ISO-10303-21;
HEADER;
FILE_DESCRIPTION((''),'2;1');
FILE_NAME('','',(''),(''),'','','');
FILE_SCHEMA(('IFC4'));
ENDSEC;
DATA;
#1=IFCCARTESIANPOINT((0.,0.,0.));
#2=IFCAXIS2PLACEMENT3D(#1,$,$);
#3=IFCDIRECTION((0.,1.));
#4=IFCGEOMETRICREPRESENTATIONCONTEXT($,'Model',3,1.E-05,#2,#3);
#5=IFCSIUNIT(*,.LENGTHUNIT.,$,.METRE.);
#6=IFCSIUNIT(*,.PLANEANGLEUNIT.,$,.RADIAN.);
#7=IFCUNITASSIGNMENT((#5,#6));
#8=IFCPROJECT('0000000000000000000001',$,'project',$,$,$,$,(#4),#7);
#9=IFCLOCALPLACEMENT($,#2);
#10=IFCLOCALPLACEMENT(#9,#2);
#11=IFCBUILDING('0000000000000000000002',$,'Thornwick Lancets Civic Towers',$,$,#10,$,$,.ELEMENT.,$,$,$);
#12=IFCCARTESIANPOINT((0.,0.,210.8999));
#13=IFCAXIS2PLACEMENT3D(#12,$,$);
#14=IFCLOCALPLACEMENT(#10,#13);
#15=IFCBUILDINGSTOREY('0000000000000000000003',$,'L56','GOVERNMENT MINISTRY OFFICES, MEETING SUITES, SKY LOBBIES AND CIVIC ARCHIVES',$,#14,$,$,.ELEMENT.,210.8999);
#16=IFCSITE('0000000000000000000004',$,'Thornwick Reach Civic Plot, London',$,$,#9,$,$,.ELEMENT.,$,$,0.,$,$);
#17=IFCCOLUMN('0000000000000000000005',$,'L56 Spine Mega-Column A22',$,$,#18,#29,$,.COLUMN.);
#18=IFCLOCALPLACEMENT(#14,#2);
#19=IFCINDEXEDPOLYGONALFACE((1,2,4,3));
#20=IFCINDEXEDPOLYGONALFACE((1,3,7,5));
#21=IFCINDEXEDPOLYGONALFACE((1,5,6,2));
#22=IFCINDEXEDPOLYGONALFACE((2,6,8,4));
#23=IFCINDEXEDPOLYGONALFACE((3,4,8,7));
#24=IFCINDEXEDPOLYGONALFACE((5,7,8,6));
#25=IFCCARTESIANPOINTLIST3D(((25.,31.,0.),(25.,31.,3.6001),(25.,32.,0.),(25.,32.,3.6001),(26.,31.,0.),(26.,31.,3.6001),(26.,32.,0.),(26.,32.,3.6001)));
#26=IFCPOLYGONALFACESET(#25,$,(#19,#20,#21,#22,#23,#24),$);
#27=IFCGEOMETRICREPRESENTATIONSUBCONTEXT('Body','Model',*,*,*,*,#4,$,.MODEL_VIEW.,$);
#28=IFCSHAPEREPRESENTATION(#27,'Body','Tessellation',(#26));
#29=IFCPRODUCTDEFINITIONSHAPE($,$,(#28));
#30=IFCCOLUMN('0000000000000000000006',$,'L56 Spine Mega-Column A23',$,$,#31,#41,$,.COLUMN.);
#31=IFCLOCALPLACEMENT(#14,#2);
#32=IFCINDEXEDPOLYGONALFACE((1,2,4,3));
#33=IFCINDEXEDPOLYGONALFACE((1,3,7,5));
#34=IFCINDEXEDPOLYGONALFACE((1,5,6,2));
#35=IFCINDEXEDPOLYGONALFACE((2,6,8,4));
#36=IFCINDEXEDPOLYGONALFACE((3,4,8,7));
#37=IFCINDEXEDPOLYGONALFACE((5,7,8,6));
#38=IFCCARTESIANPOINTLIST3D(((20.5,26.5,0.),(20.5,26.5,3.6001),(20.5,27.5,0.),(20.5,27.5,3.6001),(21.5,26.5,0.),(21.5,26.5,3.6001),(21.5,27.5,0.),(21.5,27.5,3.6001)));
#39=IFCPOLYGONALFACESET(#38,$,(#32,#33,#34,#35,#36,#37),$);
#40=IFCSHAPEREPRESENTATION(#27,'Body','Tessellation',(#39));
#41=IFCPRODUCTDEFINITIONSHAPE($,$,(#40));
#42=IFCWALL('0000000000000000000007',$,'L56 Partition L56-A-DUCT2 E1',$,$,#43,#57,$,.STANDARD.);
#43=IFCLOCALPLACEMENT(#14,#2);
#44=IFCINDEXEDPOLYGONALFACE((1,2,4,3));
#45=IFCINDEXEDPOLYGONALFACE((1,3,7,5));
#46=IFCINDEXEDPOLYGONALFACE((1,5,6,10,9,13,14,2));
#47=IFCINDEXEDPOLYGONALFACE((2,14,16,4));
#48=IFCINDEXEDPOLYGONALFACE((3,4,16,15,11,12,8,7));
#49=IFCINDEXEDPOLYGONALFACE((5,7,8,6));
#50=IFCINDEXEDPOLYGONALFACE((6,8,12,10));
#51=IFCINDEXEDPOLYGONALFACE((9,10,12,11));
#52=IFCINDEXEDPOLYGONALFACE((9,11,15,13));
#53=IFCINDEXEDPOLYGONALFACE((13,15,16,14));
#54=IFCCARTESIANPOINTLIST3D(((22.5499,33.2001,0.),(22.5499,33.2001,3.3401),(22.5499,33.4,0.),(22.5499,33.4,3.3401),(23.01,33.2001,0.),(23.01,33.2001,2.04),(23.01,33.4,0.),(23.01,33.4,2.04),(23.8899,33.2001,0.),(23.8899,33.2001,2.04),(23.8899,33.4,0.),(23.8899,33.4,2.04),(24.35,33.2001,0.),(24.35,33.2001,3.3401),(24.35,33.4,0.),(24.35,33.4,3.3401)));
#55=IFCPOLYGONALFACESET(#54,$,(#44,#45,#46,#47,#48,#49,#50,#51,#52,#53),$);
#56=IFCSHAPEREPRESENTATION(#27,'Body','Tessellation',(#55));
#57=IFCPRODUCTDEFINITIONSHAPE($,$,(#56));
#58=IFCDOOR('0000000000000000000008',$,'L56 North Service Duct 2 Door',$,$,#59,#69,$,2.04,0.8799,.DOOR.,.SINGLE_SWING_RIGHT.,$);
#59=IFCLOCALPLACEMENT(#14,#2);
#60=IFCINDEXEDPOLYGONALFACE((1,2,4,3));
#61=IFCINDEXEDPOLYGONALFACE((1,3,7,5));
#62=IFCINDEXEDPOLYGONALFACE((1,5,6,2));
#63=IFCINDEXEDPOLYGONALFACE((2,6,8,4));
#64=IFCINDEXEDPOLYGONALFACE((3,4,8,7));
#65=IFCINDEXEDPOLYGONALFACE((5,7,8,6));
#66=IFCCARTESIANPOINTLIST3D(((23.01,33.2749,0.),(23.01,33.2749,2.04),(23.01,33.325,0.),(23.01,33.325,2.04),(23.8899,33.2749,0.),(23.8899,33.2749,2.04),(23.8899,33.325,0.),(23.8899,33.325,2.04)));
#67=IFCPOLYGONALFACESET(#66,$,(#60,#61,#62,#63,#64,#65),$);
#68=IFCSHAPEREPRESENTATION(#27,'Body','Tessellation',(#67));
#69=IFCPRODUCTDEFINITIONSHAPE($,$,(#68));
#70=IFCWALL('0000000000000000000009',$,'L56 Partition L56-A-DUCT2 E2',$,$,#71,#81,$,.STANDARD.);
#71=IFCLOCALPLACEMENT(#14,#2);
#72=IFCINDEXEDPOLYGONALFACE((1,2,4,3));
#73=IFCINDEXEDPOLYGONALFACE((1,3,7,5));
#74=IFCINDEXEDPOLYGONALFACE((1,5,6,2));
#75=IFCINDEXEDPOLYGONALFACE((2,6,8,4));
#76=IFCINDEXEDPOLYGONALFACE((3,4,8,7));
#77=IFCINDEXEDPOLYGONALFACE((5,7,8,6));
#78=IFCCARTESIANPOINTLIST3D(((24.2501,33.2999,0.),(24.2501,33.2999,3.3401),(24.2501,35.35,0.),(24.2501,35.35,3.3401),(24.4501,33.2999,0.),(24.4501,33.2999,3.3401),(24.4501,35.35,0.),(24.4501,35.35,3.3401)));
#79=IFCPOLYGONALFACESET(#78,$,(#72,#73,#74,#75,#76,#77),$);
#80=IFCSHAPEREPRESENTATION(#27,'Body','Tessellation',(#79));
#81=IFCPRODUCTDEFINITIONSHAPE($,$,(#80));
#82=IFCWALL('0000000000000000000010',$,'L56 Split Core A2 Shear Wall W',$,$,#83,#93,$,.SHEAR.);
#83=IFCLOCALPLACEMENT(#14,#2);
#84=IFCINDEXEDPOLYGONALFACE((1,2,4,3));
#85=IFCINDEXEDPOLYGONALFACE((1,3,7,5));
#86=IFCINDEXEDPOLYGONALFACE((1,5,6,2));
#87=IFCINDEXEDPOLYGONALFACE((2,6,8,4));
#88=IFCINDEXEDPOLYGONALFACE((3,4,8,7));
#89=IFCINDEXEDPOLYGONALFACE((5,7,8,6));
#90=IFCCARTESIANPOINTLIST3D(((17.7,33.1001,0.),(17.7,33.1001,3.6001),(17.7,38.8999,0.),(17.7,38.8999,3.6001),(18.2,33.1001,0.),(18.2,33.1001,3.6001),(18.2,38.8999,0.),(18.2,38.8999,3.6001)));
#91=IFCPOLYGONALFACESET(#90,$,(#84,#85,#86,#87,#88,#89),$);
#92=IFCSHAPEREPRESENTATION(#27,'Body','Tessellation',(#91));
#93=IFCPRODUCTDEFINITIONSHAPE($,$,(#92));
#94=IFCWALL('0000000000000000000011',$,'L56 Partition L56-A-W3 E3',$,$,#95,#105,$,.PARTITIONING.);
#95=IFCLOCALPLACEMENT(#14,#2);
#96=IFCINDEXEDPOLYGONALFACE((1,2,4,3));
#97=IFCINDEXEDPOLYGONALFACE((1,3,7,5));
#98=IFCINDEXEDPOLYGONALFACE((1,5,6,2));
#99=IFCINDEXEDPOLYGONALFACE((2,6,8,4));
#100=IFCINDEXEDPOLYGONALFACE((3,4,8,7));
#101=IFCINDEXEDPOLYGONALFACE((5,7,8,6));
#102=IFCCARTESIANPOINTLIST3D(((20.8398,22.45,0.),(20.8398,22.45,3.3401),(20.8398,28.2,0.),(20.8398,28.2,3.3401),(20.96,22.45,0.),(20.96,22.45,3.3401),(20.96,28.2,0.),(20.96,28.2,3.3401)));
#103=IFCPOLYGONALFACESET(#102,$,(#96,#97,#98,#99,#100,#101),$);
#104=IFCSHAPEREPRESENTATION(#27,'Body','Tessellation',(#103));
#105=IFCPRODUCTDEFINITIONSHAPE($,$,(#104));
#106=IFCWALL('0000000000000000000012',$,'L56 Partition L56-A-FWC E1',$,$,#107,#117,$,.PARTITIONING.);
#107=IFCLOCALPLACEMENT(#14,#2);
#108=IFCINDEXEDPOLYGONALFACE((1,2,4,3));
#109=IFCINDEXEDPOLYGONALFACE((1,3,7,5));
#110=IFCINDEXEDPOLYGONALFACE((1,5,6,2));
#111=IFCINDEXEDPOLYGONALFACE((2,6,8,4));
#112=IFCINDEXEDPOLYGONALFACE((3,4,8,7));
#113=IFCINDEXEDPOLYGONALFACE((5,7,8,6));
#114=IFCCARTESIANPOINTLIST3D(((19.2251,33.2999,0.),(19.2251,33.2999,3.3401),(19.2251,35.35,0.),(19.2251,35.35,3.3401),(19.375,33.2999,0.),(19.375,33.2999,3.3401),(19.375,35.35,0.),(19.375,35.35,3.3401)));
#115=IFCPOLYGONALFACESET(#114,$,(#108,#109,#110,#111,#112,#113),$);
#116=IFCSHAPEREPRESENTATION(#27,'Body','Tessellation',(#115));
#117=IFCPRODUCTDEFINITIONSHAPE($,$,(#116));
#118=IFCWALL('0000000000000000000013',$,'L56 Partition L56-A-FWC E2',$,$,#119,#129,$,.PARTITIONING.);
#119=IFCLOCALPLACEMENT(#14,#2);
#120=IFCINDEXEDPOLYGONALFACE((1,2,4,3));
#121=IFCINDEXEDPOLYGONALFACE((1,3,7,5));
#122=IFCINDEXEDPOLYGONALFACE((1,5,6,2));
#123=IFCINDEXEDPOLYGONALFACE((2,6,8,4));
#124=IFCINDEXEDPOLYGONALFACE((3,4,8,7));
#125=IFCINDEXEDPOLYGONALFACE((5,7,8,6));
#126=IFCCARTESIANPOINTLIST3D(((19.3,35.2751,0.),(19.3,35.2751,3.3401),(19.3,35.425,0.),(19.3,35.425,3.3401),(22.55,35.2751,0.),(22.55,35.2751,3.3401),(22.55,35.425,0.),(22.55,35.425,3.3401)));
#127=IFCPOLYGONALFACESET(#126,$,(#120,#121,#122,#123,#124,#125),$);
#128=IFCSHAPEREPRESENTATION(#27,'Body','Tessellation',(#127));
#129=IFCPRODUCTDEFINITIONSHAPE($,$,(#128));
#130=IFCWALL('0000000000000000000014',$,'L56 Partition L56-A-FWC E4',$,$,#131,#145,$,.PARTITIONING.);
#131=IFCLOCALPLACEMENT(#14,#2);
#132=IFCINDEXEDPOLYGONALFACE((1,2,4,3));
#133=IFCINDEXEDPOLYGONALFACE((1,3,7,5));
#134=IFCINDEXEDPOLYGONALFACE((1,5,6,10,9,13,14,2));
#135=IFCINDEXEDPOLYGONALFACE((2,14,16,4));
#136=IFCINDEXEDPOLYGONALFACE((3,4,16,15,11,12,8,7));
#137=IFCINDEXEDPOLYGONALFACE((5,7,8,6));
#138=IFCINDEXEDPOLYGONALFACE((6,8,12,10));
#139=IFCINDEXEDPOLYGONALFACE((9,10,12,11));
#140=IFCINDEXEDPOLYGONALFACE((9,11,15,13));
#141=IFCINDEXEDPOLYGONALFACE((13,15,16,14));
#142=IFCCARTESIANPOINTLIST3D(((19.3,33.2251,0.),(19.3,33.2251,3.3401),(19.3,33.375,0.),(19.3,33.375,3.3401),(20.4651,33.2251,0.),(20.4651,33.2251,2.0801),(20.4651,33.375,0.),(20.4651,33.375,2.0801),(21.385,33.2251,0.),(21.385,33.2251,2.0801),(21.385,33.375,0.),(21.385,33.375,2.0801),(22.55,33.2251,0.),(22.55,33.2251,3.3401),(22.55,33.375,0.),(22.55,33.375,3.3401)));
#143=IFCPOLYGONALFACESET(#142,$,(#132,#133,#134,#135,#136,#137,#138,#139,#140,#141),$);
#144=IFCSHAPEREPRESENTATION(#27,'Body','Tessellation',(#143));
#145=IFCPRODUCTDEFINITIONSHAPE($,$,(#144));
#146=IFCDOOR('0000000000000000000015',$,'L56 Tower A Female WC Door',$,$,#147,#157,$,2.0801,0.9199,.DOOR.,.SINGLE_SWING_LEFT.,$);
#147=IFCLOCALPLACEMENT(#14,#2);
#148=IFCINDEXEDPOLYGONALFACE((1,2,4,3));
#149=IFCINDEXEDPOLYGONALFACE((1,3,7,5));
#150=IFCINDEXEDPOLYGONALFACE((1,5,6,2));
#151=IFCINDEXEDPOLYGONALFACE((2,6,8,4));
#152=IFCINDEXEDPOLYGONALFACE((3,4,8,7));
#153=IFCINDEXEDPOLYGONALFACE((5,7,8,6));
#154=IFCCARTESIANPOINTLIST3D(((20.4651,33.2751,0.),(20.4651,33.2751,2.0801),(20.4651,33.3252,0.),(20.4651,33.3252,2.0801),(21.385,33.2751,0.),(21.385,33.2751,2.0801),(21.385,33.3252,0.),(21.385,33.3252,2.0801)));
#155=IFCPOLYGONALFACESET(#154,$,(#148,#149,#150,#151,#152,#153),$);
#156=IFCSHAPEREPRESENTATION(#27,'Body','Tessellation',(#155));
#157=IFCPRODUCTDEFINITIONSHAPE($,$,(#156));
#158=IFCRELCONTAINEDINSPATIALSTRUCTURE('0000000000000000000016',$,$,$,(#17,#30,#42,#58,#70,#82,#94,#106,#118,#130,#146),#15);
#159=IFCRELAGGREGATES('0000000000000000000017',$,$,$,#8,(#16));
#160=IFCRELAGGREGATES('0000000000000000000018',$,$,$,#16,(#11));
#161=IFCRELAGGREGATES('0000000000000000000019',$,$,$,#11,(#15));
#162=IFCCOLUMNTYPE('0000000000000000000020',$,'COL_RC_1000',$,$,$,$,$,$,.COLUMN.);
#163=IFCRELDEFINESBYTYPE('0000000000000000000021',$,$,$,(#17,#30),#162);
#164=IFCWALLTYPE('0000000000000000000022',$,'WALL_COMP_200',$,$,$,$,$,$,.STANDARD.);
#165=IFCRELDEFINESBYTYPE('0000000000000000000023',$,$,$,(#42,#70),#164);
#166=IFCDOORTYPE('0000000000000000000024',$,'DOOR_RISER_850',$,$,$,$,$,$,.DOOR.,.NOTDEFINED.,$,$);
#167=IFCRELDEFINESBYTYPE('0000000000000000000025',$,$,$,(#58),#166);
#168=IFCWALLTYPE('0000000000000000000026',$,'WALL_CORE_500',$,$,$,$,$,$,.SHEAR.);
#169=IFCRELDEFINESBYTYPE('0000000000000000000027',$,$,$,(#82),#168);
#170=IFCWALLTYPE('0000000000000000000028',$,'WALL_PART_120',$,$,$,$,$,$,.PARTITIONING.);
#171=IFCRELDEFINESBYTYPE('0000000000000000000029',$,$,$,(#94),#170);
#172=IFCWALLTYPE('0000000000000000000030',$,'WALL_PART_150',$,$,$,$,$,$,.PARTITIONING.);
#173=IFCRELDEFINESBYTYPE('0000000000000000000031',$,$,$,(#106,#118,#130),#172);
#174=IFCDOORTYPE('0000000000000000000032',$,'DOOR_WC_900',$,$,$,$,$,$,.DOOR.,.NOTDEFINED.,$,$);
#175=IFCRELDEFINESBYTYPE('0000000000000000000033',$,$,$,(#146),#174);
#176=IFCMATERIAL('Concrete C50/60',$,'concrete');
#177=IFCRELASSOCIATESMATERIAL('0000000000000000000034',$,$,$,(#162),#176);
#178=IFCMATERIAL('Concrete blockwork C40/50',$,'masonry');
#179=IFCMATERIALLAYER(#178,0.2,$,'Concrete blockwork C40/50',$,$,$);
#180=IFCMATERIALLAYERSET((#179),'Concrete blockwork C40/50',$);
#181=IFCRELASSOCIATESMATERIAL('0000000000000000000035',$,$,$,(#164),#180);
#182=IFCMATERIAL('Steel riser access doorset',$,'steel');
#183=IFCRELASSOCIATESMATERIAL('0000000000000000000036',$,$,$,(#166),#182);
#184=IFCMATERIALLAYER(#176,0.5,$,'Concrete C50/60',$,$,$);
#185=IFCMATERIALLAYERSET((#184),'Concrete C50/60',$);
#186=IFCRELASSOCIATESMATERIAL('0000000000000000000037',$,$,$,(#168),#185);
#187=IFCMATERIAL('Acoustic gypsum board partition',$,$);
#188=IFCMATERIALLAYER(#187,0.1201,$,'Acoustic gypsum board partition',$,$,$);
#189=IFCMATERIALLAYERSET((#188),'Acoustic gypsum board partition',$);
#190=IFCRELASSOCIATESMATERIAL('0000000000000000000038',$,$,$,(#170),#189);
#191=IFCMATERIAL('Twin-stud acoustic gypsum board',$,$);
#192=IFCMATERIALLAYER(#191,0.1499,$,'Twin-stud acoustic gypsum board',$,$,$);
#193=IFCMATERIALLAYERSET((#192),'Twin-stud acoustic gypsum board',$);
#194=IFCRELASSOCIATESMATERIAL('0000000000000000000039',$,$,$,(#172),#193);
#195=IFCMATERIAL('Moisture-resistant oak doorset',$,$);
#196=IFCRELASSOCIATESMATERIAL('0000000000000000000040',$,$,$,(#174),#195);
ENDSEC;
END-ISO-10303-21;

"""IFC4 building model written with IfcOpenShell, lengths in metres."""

from ifc_helpers import new_model, si_unit, direction, frame, frame_2d, origin, origin_2d, place, context, subcontext, project, spatial, rectangle, extrude, material, layer, layer_set, material_profile, profile_set, type_object, element, fill, save


model = new_model("IFC4")

# Units and contexts
model_context = context("Model", 3, precision=1e-05, world=origin(), true_north=direction((0.0, 1.0)))
body_context = subcontext(model_context, "Body", "Model", "MODEL_VIEW")
ifc_project = project(units=[si_unit("LENGTHUNIT", "METRE"), si_unit("PLANEANGLEUNIT", "RADIAN")], contexts=[model_context])

# Site, building, storey
site_placement = place(None, origin())
site = spatial("IfcSite", under=ifc_project, at=site_placement, Name="Thornwick Reach Civic Plot, London", CompositionType="ELEMENT", RefElevation=0.0)
building_placement = place(site_placement, origin())
building = spatial("IfcBuilding", under=site, at=building_placement, Name="Thornwick Lancets Civic Towers", CompositionType="ELEMENT")
storey_placement = place(building_placement, frame((0.0, 0.0, 210.8999)))
storey = spatial("IfcBuildingStorey", under=building, at=storey_placement, Name="L56", Description="GOVERNMENT MINISTRY OFFICES, MEETING SUITES, SKY LOBBIES AND CIVIC ARCHIVES", CompositionType="ELEMENT", Elevation=210.8999)

# Columns
ifc_material_1 = material(Name="Concrete C50/60", Category="concrete")
ifc_material_profile = material_profile(ifc_material_1, rectangle(XDim=1.0, YDim=1.0, at=origin_2d()), Name="RC 1000x1000")
ifc_profile_set = profile_set([ifc_material_profile], Name="Concrete C50/60")
column_type = type_object("IfcColumnType", Name="COL_RC_1000", PredefinedType="COLUMN", material=ifc_profile_set)
for number, where, z_axis, x_axis, name in (
    (1, (25.5, 31.5, 0.0), (0.0, 0.0, 1.0), (1.0, 0.0, 0.0), "L56 Spine Mega-Column A22"),
    (2, (21.0, 27.0, 0.0), (0.0, 0.0, 1.0), (1.0, 0.0, 0.0), "L56 Spine Mega-Column A23"),
):
    element("IfcColumn", number, at=place(storey_placement, frame(where, z_axis=z_axis, x_axis=x_axis)), inside=storey, type_object=column_type, Name=name, PredefinedType="COLUMN", context=body_context, shape_type="SweptSolid", body=[
        extrude(rectangle(XDim=1.0, YDim=1.0, at=origin_2d()), origin(), (0.0, 0.0, 1.0), 3.6001),
    ])

# Wall, opening, door
ifc_material_2 = material(Name="Concrete blockwork C40/50", Category="masonry")
ifc_layer_1 = layer(ifc_material_2, 0.2, Name="Concrete blockwork C40/50")
ifc_layer_set_1 = layer_set([ifc_layer_1], Name="Concrete blockwork C40/50")
wall_type_1 = type_object("IfcWallType", Name="WALL_COMP_200", PredefinedType="STANDARD", material=ifc_layer_set_1)
wall_1_placement = place(storey_placement, frame((22.55, 33.3, 0.0), z_axis=(0.0, 0.0, 1.0), x_axis=(1.0, 0.0, 0.0)))
wall_1 = element("IfcWall", 3, at=wall_1_placement, inside=storey, type_object=wall_type_1, Name="L56 Partition L56-A-DUCT2 E1", PredefinedType="STANDARD", context=body_context, shape_type="SweptSolid", body=[
    extrude(rectangle(XDim=1.8, YDim=0.2, at=frame_2d((0.8999, 0.0))), origin(), (0.0, 0.0, 1.0), 3.3401),
])
opening_1_placement = place(wall_1_placement, frame((0.46, 0.0, 0.0)))
opening_1 = element("IfcOpeningElement", 4, at=opening_1_placement, cuts=wall_1, PredefinedType="OPENING", context=body_context, shape_type="SweptSolid", body=[
    extrude(rectangle(XDim=0.8799, YDim=2.04, at=frame_2d((0.4399, 1.02))), frame((0.0, 0.1099, 0.0), z_axis=(0.0, -1.0, 0.0), x_axis=(1.0, 0.0, 0.0)), (0.0, 0.0, 1.0), 0.22),
])
ifc_material_3 = material(Name="Steel riser access doorset", Category="steel")
door_type_1 = type_object("IfcDoorType", Name="DOOR_RISER_850", OperationType="NOTDEFINED", PredefinedType="DOOR", material=ifc_material_3)
door_1_placement = place(opening_1_placement, origin())
door_1 = element("IfcDoor", 5, at=door_1_placement, inside=storey, type_object=door_type_1, Name="L56 North Service Duct 2 Door", OperationType="SINGLE_SWING_RIGHT", OverallHeight=2.04, OverallWidth=0.8799, PredefinedType="DOOR", context=body_context, shape_type="SweptSolid", body=[
    extrude(rectangle(XDim=0.8799, YDim=2.04, at=frame_2d((0.4399, 1.02))), frame((0.0, 0.0249, 0.0), z_axis=(0.0, -1.0, 0.0), x_axis=(1.0, 0.0, 0.0)), (0.0, 0.0, 1.0), 0.05),
])
fill(opening_1, door_1)

# Walls
wall_2_placement = place(storey_placement, frame((24.3501, 33.3, 0.0), z_axis=(0.0, 0.0, 1.0), x_axis=(0.0, 1.0, 0.0)))
element("IfcWall", 6, at=wall_2_placement, inside=storey, type_object=wall_type_1, Name="L56 Partition L56-A-DUCT2 E2", PredefinedType="STANDARD", context=body_context, shape_type="SweptSolid", body=[
    extrude(rectangle(XDim=2.05, YDim=0.2, at=frame_2d((1.0249, 0.0))), origin(), (0.0, 0.0, 1.0), 3.3401),
])
ifc_layer_2 = layer(ifc_material_1, 0.5, Name="Concrete C50/60")
ifc_layer_set_2 = layer_set([ifc_layer_2], Name="Concrete C50/60")
wall_type_2 = type_object("IfcWallType", Name="WALL_CORE_500", PredefinedType="SHEAR", material=ifc_layer_set_2)
wall_3_placement = place(storey_placement, frame((17.95, 33.1001, 0.0), z_axis=(0.0, 0.0, 1.0), x_axis=(0.0, 1.0, 0.0)))
element("IfcWall", 7, at=wall_3_placement, inside=storey, type_object=wall_type_2, Name="L56 Split Core A2 Shear Wall W", PredefinedType="SHEAR", context=body_context, shape_type="SweptSolid", body=[
    extrude(rectangle(XDim=5.7998, YDim=0.5, at=frame_2d((2.8999, 0.0))), origin(), (0.0, 0.0, 1.0), 3.6001),
])
ifc_material_4 = material(Name="Acoustic gypsum board partition")
ifc_layer_3 = layer(ifc_material_4, 0.1201, Name="Acoustic gypsum board partition")
ifc_layer_set_3 = layer_set([ifc_layer_3], Name="Acoustic gypsum board partition")
wall_type_3 = type_object("IfcWallType", Name="WALL_PART_120", PredefinedType="PARTITIONING", material=ifc_layer_set_3)
wall_4_placement = place(storey_placement, frame((20.8999, 28.2, 0.0), z_axis=(0.0, 0.0, 1.0), x_axis=(0.0, -1.0, 0.0)))
element("IfcWall", 8, at=wall_4_placement, inside=storey, type_object=wall_type_3, Name="L56 Partition L56-A-W3 E3", PredefinedType="PARTITIONING", context=body_context, shape_type="SweptSolid", body=[
    extrude(rectangle(XDim=5.75, YDim=0.1201, at=frame_2d((2.875, 0.0))), origin(), (0.0, 0.0, 1.0), 3.3401),
])
ifc_material_5 = material(Name="Twin-stud acoustic gypsum board")
ifc_layer_4 = layer(ifc_material_5, 0.1499, Name="Twin-stud acoustic gypsum board")
ifc_layer_set_4 = layer_set([ifc_layer_4], Name="Twin-stud acoustic gypsum board")
wall_type_4 = type_object("IfcWallType", Name="WALL_PART_150", PredefinedType="PARTITIONING", material=ifc_layer_set_4)
wall_5_placement = place(storey_placement, frame((19.3, 33.3, 0.0), z_axis=(0.0, 0.0, 1.0), x_axis=(0.0, 1.0, 0.0)))
element("IfcWall", 9, at=wall_5_placement, inside=storey, type_object=wall_type_4, Name="L56 Partition L56-A-FWC E1", PredefinedType="PARTITIONING", context=body_context, shape_type="SweptSolid", body=[
    extrude(rectangle(XDim=2.05, YDim=0.1499, at=frame_2d((1.0249, 0.0))), origin(), (0.0, 0.0, 1.0), 3.3401),
])
wall_6_placement = place(storey_placement, frame((19.3, 35.3501, 0.0), z_axis=(0.0, 0.0, 1.0), x_axis=(1.0, 0.0, 0.0)))
element("IfcWall", 10, at=wall_6_placement, inside=storey, type_object=wall_type_4, Name="L56 Partition L56-A-FWC E2", PredefinedType="PARTITIONING", context=body_context, shape_type="SweptSolid", body=[
    extrude(rectangle(XDim=3.25, YDim=0.1499, at=frame_2d((1.625, 0.0))), origin(), (0.0, 0.0, 1.0), 3.3401),
])

# Wall, opening, door
wall_7_placement = place(storey_placement, frame((22.55, 33.3, 0.0), z_axis=(0.0, 0.0, 1.0), x_axis=(-1.0, 0.0, 0.0)))
wall_7 = element("IfcWall", 11, at=wall_7_placement, inside=storey, type_object=wall_type_4, Name="L56 Partition L56-A-FWC E4", PredefinedType="PARTITIONING", context=body_context, shape_type="SweptSolid", body=[
    extrude(rectangle(XDim=3.25, YDim=0.1499, at=frame_2d((1.625, 0.0))), origin(), (0.0, 0.0, 1.0), 3.3401),
])
opening_2_placement = place(wall_7_placement, frame((1.165, 0.0, 0.0)))
opening_2 = element("IfcOpeningElement", 12, at=opening_2_placement, cuts=wall_7, PredefinedType="OPENING", context=body_context, shape_type="SweptSolid", body=[
    extrude(rectangle(XDim=0.9199, YDim=2.0801, at=frame_2d((0.46, 1.04))), frame((0.0, 0.085, 0.0), z_axis=(0.0, -1.0, 0.0), x_axis=(1.0, 0.0, 0.0)), (0.0, 0.0, 1.0), 0.1699),
])
ifc_material_6 = material(Name="Moisture-resistant oak doorset")
door_type_2 = type_object("IfcDoorType", Name="DOOR_WC_900", OperationType="NOTDEFINED", PredefinedType="DOOR", material=ifc_material_6)
door_2_placement = place(opening_2_placement, origin())
door_2 = element("IfcDoor", 13, at=door_2_placement, inside=storey, type_object=door_type_2, Name="L56 Tower A Female WC Door", OperationType="SINGLE_SWING_LEFT", OverallHeight=2.0801, OverallWidth=0.9199, PredefinedType="DOOR", context=body_context, shape_type="SweptSolid", body=[
    extrude(rectangle(XDim=0.9199, YDim=2.0801, at=frame_2d((0.46, 1.04))), frame((0.0, 0.0249, 0.0), z_axis=(0.0, -1.0, 0.0), x_axis=(1.0, 0.0, 0.0)), (0.0, 0.0, 1.0), 0.05),
])
fill(opening_2, door_2)

save(model, "model.ifc")
